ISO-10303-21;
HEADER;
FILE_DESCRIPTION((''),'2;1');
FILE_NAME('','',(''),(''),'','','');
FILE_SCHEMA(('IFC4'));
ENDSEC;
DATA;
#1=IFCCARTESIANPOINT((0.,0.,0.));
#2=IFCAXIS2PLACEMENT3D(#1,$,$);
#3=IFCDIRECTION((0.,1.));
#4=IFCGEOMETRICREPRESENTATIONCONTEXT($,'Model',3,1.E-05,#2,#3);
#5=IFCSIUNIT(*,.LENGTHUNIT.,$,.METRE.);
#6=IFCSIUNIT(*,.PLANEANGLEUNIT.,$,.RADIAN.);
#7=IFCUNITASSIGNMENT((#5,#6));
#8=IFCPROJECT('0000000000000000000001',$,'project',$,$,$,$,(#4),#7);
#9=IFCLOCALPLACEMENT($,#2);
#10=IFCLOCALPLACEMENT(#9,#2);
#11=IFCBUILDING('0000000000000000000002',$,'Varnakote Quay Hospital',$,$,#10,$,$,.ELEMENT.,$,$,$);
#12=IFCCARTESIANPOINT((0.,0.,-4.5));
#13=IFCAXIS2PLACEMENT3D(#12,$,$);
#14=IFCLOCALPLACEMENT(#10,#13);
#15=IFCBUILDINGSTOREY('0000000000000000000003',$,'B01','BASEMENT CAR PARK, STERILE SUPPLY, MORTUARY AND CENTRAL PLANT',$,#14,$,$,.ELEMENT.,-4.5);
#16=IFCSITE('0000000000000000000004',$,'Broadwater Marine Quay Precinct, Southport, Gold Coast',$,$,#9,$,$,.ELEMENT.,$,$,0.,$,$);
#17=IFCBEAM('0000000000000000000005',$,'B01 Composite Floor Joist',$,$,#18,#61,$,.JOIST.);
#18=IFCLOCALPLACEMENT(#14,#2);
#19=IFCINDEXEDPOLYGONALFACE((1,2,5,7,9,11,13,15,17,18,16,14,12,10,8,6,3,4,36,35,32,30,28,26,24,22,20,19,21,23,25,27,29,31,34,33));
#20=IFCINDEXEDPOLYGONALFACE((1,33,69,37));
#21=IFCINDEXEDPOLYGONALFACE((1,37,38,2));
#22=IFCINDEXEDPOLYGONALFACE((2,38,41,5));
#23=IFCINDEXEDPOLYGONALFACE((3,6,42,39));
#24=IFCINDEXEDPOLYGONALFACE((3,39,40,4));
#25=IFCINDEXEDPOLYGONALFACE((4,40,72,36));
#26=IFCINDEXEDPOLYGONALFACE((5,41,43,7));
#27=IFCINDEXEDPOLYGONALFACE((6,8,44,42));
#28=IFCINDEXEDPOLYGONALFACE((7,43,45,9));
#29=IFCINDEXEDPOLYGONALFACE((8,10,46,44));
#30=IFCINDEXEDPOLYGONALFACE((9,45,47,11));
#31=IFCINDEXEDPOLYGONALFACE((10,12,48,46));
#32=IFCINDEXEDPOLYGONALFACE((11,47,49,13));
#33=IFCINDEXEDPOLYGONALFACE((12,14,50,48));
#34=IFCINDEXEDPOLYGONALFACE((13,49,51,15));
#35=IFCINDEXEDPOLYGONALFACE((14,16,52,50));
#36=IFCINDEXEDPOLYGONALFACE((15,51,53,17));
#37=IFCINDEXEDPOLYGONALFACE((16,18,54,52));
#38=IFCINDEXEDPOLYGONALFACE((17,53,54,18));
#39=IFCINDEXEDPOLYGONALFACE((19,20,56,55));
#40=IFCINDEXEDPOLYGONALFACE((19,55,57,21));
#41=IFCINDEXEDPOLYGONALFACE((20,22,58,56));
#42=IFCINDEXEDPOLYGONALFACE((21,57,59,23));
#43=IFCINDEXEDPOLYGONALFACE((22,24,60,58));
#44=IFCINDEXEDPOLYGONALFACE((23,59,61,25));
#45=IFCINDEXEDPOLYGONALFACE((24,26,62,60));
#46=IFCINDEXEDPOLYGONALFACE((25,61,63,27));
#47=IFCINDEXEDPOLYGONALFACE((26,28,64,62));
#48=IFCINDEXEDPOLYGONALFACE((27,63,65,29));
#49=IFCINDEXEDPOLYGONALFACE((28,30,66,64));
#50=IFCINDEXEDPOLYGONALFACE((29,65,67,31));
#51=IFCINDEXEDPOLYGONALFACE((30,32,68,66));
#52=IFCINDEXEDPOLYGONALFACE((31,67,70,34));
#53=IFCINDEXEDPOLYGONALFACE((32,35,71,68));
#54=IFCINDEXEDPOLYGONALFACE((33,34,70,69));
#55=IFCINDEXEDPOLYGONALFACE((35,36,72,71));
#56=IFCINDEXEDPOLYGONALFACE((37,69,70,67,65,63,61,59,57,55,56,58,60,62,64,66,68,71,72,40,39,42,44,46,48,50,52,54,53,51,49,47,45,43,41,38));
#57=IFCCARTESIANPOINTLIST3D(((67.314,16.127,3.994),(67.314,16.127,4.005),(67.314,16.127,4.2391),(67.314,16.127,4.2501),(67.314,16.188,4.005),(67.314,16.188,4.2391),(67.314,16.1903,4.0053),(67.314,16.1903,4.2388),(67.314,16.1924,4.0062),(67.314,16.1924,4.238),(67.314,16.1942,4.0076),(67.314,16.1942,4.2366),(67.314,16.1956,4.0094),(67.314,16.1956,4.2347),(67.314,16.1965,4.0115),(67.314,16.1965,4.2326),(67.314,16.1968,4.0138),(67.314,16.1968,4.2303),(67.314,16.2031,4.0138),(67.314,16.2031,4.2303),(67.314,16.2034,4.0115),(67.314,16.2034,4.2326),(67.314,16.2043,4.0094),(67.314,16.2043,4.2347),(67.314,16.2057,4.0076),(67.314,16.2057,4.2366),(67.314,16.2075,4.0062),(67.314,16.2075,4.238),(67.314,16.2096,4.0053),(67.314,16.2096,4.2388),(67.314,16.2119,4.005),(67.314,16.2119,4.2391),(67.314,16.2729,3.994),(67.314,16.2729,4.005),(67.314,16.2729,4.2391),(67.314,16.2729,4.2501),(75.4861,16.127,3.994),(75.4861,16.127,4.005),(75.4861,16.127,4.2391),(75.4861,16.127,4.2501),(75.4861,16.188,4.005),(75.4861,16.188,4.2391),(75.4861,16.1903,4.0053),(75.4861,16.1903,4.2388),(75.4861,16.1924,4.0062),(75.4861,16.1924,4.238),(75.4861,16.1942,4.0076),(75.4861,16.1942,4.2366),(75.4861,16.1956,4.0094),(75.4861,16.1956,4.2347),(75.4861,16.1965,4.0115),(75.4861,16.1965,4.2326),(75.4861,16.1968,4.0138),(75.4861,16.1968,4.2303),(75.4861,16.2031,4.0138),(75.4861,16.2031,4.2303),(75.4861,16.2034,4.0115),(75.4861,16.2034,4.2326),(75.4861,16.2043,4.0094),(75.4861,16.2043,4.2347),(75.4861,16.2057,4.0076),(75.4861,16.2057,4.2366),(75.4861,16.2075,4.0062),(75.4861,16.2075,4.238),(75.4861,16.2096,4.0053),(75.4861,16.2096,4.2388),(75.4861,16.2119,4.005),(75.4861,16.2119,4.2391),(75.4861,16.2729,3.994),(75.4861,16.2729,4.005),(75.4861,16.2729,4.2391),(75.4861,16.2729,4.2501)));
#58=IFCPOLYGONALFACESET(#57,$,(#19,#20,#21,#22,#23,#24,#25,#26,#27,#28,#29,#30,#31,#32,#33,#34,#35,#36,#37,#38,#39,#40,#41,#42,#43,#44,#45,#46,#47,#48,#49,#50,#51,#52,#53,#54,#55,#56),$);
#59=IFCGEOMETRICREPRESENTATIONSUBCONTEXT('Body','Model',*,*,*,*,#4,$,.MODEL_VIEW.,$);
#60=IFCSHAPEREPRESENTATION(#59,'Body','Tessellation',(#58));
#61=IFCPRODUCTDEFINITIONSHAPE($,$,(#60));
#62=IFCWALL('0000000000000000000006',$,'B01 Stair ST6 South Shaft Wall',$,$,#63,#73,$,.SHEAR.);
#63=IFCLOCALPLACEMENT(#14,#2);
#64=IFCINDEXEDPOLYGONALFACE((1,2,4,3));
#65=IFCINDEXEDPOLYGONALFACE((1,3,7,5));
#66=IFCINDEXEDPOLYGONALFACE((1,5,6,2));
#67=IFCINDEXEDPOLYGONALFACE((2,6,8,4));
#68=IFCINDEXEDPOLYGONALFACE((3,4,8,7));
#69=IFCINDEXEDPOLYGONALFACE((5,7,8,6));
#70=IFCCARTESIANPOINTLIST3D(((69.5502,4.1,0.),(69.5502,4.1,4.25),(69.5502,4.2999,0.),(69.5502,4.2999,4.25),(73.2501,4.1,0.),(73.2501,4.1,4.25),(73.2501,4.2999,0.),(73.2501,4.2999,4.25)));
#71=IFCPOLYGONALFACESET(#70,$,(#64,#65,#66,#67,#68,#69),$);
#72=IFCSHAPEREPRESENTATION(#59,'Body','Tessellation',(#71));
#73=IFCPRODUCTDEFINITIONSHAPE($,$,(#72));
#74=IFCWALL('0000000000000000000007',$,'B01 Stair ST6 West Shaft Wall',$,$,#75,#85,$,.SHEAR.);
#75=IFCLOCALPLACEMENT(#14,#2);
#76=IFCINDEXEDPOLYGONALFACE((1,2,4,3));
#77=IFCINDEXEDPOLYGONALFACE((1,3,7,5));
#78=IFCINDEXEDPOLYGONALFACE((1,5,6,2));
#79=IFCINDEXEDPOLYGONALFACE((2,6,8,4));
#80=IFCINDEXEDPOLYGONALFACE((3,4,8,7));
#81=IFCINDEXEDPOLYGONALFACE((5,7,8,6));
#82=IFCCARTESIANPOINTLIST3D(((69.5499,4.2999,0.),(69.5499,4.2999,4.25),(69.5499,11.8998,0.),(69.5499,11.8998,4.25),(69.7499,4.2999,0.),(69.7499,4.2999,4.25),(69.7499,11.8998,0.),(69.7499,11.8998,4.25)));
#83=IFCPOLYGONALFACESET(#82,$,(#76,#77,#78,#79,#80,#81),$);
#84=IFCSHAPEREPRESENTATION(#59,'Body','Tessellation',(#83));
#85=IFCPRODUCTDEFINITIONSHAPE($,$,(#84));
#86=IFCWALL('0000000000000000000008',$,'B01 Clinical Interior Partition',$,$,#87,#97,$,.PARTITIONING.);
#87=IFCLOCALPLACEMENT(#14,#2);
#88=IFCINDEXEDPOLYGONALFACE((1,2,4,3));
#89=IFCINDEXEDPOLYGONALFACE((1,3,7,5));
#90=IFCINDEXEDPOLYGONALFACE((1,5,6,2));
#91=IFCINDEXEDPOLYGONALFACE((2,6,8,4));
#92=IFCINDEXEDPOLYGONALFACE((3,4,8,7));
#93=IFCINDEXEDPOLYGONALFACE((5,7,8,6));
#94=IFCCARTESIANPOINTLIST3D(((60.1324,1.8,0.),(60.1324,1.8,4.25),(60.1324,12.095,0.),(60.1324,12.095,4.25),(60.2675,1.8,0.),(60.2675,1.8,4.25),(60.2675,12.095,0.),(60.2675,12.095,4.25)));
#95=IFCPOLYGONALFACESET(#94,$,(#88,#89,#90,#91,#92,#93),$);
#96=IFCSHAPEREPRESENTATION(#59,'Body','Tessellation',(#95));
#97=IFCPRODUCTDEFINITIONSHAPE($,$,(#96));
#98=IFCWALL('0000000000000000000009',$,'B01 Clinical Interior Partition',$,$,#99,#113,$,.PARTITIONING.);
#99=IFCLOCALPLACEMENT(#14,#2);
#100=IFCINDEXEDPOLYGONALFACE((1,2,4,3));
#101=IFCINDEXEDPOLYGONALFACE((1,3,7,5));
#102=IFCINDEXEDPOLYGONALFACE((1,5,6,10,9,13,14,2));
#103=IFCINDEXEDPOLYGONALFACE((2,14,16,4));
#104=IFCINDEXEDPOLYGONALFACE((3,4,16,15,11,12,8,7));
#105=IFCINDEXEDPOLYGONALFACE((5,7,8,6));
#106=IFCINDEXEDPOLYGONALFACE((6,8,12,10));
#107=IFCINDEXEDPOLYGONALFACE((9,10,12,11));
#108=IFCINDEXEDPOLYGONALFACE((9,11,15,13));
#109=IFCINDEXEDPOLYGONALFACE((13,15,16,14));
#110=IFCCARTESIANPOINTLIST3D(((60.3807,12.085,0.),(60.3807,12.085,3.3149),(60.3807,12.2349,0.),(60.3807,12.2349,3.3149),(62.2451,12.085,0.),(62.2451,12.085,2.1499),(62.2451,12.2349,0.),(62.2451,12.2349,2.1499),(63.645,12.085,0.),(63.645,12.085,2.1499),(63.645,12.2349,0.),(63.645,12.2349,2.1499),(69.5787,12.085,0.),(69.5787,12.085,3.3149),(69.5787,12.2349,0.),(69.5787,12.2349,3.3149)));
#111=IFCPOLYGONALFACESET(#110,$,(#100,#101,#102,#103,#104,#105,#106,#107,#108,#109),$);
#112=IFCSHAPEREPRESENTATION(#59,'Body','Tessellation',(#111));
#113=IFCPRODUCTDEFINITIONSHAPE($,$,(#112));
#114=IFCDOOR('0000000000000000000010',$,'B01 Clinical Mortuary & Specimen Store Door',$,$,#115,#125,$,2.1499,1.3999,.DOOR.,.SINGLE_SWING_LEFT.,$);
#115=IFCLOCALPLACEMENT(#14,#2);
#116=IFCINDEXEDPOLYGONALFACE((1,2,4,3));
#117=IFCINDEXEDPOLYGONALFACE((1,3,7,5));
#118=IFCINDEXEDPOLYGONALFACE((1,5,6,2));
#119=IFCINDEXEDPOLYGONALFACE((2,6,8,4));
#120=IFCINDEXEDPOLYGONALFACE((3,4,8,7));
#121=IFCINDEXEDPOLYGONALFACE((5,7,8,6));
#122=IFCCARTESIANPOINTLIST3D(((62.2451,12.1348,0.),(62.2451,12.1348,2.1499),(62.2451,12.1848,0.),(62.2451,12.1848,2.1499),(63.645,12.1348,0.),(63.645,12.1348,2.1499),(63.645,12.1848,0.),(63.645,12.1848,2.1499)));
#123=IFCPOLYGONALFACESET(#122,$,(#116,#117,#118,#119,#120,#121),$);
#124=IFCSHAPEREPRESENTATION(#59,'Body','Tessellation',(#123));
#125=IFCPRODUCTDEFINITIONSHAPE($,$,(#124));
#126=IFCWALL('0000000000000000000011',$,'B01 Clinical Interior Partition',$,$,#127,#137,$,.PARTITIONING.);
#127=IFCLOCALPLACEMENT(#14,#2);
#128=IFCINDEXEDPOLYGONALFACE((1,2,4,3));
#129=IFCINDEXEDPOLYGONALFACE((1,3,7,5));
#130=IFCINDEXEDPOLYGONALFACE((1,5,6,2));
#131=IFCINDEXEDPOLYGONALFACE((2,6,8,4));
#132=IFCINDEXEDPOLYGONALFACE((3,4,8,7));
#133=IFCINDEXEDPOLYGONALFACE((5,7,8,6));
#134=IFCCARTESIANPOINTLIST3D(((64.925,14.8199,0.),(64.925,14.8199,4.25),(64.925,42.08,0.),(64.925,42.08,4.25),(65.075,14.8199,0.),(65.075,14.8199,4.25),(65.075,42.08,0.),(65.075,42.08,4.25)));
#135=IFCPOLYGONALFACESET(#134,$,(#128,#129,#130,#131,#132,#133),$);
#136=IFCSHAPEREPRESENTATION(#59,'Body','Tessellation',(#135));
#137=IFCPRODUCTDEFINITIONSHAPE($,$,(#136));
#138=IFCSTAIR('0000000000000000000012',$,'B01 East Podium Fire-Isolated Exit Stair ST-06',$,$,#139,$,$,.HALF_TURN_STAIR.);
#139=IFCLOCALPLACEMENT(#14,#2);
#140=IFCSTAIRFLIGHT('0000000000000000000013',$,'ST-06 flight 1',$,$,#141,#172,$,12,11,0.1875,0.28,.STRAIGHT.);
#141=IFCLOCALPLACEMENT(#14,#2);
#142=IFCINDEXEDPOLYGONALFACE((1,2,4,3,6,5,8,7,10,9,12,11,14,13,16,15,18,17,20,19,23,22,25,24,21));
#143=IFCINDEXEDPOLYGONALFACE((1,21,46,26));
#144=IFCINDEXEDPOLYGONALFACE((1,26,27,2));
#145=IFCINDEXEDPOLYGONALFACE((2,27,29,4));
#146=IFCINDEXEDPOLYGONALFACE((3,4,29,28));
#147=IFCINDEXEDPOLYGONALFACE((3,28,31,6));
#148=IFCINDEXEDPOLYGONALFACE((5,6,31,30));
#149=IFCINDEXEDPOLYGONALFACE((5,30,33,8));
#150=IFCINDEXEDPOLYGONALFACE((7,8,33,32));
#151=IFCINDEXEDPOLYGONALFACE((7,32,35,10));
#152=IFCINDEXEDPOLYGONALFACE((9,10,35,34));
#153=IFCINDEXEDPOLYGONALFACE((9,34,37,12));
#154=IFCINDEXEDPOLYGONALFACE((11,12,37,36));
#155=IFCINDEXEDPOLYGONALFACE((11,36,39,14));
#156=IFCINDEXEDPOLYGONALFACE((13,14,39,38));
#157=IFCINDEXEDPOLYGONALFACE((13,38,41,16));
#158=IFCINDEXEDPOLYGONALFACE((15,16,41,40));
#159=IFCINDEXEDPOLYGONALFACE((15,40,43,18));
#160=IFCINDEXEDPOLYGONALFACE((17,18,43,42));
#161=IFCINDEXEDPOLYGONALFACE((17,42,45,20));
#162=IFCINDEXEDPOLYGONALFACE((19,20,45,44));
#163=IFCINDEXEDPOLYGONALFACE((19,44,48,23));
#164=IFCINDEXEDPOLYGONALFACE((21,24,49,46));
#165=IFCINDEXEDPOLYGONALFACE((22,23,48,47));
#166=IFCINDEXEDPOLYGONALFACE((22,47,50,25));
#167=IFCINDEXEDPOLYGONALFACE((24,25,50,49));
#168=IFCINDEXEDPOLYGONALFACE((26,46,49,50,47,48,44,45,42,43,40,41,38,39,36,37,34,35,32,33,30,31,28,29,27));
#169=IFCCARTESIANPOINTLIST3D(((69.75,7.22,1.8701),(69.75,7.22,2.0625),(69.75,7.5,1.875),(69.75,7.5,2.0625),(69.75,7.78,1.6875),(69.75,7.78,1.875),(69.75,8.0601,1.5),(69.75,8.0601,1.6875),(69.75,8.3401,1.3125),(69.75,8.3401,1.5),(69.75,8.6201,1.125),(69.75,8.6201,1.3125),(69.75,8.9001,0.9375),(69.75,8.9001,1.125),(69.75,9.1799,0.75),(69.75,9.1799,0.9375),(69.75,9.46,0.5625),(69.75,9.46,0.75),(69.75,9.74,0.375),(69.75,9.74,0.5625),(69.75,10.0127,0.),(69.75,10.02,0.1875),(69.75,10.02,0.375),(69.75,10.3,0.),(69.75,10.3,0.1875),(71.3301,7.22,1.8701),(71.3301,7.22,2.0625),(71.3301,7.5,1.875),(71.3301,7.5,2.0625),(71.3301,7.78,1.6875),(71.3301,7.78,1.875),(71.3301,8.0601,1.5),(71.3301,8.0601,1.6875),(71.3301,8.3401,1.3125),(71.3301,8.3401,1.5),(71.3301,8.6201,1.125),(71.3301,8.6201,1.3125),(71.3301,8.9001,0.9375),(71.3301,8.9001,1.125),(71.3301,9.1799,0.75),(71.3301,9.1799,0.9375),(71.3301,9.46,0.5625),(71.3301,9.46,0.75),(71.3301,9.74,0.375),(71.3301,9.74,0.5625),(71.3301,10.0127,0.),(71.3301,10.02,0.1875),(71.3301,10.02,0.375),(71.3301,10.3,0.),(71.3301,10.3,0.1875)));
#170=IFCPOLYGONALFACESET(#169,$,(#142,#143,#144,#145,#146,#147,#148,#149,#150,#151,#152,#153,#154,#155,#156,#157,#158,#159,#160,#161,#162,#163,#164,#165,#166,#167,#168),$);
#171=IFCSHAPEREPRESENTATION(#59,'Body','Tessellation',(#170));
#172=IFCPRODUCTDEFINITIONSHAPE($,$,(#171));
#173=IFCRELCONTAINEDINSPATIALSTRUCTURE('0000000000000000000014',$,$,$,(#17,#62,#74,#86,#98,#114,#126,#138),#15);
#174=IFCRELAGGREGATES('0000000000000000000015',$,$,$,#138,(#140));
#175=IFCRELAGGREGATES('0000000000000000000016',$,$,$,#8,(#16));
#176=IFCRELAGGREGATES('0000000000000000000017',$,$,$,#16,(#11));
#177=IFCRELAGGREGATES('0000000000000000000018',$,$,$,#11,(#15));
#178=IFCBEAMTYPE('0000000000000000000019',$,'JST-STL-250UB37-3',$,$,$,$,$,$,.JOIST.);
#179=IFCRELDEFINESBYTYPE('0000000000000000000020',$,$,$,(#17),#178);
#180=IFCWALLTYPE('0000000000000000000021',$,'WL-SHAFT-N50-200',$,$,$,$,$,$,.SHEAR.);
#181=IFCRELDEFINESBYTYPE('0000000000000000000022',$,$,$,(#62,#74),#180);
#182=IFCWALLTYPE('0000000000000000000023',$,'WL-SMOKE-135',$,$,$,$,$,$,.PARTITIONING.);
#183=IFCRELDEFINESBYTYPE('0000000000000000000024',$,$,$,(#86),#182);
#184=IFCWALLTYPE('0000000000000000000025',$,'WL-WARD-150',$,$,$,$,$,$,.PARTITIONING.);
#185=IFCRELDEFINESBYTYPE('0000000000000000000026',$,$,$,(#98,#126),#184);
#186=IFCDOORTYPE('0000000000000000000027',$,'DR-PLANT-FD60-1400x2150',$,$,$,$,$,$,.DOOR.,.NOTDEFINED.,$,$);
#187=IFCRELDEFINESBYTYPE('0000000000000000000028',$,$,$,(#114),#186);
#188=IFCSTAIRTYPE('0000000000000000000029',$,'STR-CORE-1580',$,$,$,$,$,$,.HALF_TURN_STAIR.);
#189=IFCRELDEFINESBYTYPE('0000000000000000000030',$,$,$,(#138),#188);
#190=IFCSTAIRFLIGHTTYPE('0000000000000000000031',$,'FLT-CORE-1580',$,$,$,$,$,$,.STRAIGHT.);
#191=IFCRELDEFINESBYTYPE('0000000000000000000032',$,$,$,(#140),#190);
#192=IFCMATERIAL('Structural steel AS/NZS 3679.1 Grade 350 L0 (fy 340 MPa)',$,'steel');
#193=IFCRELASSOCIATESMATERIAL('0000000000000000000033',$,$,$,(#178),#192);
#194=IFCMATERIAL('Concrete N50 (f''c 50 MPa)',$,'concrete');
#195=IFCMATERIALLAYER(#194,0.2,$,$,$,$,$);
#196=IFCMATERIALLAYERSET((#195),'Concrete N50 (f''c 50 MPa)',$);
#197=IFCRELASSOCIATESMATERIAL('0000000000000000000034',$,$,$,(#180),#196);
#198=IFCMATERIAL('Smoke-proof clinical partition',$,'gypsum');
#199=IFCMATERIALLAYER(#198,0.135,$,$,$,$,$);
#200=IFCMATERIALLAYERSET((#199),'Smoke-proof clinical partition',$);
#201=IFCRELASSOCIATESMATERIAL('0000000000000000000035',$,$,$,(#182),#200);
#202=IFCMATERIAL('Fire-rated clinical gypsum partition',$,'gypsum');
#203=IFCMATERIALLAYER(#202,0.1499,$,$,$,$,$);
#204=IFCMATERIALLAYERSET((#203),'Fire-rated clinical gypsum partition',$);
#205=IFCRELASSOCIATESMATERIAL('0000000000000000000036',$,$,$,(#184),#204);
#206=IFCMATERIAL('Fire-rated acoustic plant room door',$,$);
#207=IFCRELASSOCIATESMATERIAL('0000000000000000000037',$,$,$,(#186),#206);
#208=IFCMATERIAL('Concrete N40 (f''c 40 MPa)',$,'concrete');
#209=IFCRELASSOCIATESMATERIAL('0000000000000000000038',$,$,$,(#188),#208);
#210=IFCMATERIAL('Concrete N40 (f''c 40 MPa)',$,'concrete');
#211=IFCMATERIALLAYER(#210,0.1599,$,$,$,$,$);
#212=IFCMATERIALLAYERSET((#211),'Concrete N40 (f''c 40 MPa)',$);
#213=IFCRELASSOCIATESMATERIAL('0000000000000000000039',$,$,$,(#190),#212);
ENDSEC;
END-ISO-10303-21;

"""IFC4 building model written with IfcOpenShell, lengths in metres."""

from ifc_helpers import new_model, si_unit, direction, frame, frame_2d, origin, origin_2d, place, context, subcontext, project, spatial, polyline, rectangle, i_section, outline, extrude, material, layer, layer_set, material_profile, profile_set, type_object, element, fill, aggregate, save


model = new_model("IFC4")

# Units and contexts
model_context = context("Model", 3, precision=1e-05, world=origin(), true_north=direction((0.0, 1.0)))
body_context = subcontext(model_context, "Body", "Model", "MODEL_VIEW")
ifc_project = project(units=[si_unit("LENGTHUNIT", "METRE"), si_unit("PLANEANGLEUNIT", "RADIAN")], contexts=[model_context])

# Site, building, storey
site_placement = place(None, origin())
site = spatial("IfcSite", under=ifc_project, at=site_placement, Name="Broadwater Marine Quay Precinct, Southport, Gold Coast", CompositionType="ELEMENT", RefElevation=0.0)
building_placement = place(site_placement, origin())
building = spatial("IfcBuilding", under=site, at=building_placement, Name="Varnakote Quay Hospital", CompositionType="ELEMENT")
storey_placement = place(building_placement, frame((0.0, 0.0, -4.5)))
storey = spatial("IfcBuildingStorey", under=building, at=storey_placement, Name="B01", Description="BASEMENT CAR PARK, STERILE SUPPLY, MORTUARY AND CENTRAL PLANT", CompositionType="ELEMENT", Elevation=-4.5)

# Beam
ifc_material_1 = material(Name="Structural steel AS/NZS 3679.1 Grade 350 L0 (fy 340 MPa)", Category="steel")
ifc_material_profile_1 = material_profile(ifc_material_1, i_section(OverallWidth=0.146, OverallDepth=0.2561, WebThickness=0.0063, FlangeThickness=0.011, FilletRadius=0.0088, at=origin_2d()), Name="250UB37.3")
ifc_profile_set_1 = profile_set([ifc_material_profile_1], Name="Structural steel AS/NZS 3679.1 Grade 350 L0 (fy 340 MPa)")
beam_type_1 = type_object("IfcBeamType", Name="JST-STL-250UB37-3", PredefinedType="JOIST", material=ifc_profile_set_1)
beam_1_placement = place(storey_placement, frame((67.314, 16.2, 4.1221), z_axis=(1.0, 0.0, 0.0), x_axis=(0.0, 1.0, 0.0)))
element("IfcBeam", 1, at=beam_1_placement, inside=storey, type_object=beam_type_1, Name="B01 Composite Floor Joist", PredefinedType="JOIST", context=body_context, shape_type="SweptSolid", body=[
    extrude(i_section(OverallWidth=0.146, OverallDepth=0.2561, WebThickness=0.0063, FlangeThickness=0.011, FilletRadius=0.0088, at=origin_2d()), origin(), (0.0, 0.0, 1.0), 8.1721),
])

# Walls
ifc_material_2 = material(Name="Concrete N50 (f'c 50 MPa)", Category="concrete")
ifc_layer_1 = layer(ifc_material_2, 0.2)
ifc_layer_set_1 = layer_set([ifc_layer_1], Name="Concrete N50 (f'c 50 MPa)")
wall_type_1 = type_object("IfcWallType", Name="WL-SHAFT-N50-200", PredefinedType="SHEAR", material=ifc_layer_set_1)
wall_1_placement = place(storey_placement, frame((69.55, 4.2, 0.0), z_axis=(0.0, 0.0, 1.0), x_axis=(1.0, 0.0, 0.0)))
element("IfcWall", 2, at=wall_1_placement, inside=storey, type_object=wall_type_1, Name="B01 Stair ST6 South Shaft Wall", PredefinedType="SHEAR", context=body_context, shape_type="SweptSolid", body=[
    extrude(rectangle(XDim=3.7, YDim=0.2, at=frame_2d((1.8501, 0.0))), origin(), (0.0, 0.0, 1.0), 4.25),
])
wall_2_placement = place(storey_placement, frame((69.6499, 4.3, 0.0), z_axis=(0.0, 0.0, 1.0), x_axis=(0.0, 1.0, 0.0)))
element("IfcWall", 3, at=wall_2_placement, inside=storey, type_object=wall_type_1, Name="B01 Stair ST6 West Shaft Wall", PredefinedType="SHEAR", context=body_context, shape_type="SweptSolid", body=[
    extrude(rectangle(XDim=7.5999, YDim=0.2, at=frame_2d((3.7998, 0.0))), origin(), (0.0, 0.0, 1.0), 4.25),
])

# Wall
ifc_material_3 = material(Name="Smoke-proof clinical partition", Category="gypsum")
ifc_layer_2 = layer(ifc_material_3, 0.135)
ifc_layer_set_2 = layer_set([ifc_layer_2], Name="Smoke-proof clinical partition")
wall_type_2 = type_object("IfcWallType", Name="WL-SMOKE-135", PredefinedType="PARTITIONING", material=ifc_layer_set_2)
wall_3_placement = place(storey_placement, frame((60.2, 1.8, 0.0), z_axis=(0.0, 0.0, 1.0), x_axis=(0.0, 1.0, 0.0)))
element("IfcWall", 4, at=wall_3_placement, inside=storey, type_object=wall_type_2, Name="B01 Clinical Interior Partition", PredefinedType="PARTITIONING", context=body_context, shape_type="SweptSolid", body=[
    extrude(rectangle(XDim=10.2949, YDim=0.135, at=frame_2d((5.1475, 0.0))), origin(), (0.0, 0.0, 1.0), 4.25),
])

# Wall, opening, door
ifc_material_4 = material(Name="Fire-rated clinical gypsum partition", Category="gypsum")
ifc_layer_3 = layer(ifc_material_4, 0.1499)
ifc_layer_set_3 = layer_set([ifc_layer_3], Name="Fire-rated clinical gypsum partition")
wall_type_3 = type_object("IfcWallType", Name="WL-WARD-150", PredefinedType="PARTITIONING", material=ifc_layer_set_3)
wall_4_placement = place(storey_placement, frame((60.3806, 12.1599, 0.0), z_axis=(0.0, 0.0, 1.0), x_axis=(1.0, 0.0, 0.0)))
wall_4 = element("IfcWall", 5, at=wall_4_placement, inside=storey, type_object=wall_type_3, Name="B01 Clinical Interior Partition", PredefinedType="PARTITIONING", context=body_context, shape_type="SweptSolid", body=[
    extrude(rectangle(XDim=9.198, YDim=0.1499, at=frame_2d((4.5991, 0.0))), origin(), (0.0, 0.0, 1.0), 3.3149),
])
opening_1_placement = place(wall_4_placement, frame((1.8645, 0.0, 0.0)))
opening_1 = element("IfcOpeningElement", 6, at=opening_1_placement, cuts=wall_4, PredefinedType="OPENING", context=body_context, shape_type="SweptSolid", body=[
    extrude(rectangle(XDim=1.3999, YDim=2.1499, at=frame_2d((0.7, 1.075))), frame((0.0, 0.085, 0.0), z_axis=(0.0, -1.0, 0.0), x_axis=(1.0, 0.0, 0.0)), (0.0, 0.0, 1.0), 0.1699),
])
ifc_material_5 = material(Name="Fire-rated acoustic plant room door")
door_type_1 = type_object("IfcDoorType", Name="DR-PLANT-FD60-1400x2150", OperationType="NOTDEFINED", PredefinedType="DOOR", material=ifc_material_5)
door_1_placement = place(opening_1_placement, origin())
door_1 = element("IfcDoor", 7, at=door_1_placement, inside=storey, type_object=door_type_1, Name="B01 Clinical Mortuary & Specimen Store Door", OperationType="SINGLE_SWING_LEFT", OverallHeight=2.1499, OverallWidth=1.3999, PredefinedType="DOOR", context=body_context, shape_type="SweptSolid", body=[
    extrude(rectangle(XDim=1.3999, YDim=2.1499, at=frame_2d((0.7, 1.075))), frame((0.0, 0.0249, 0.0), z_axis=(0.0, -1.0, 0.0), x_axis=(1.0, 0.0, 0.0)), (0.0, 0.0, 1.0), 0.05),
])
fill(opening_1, door_1)

# Wall
wall_5_placement = place(storey_placement, frame((65.0, 14.8201, 0.0), z_axis=(0.0, 0.0, 1.0), x_axis=(0.0, 1.0, 0.0)))
element("IfcWall", 8, at=wall_5_placement, inside=storey, type_object=wall_type_3, Name="B01 Clinical Interior Partition", PredefinedType="PARTITIONING", context=body_context, shape_type="SweptSolid", body=[
    extrude(rectangle(XDim=27.26, YDim=0.1499, at=frame_2d((13.6299, 0.0))), origin(), (0.0, 0.0, 1.0), 4.25),
])

# Stair, stair flight
ifc_material_6 = material(Name="Concrete N40 (f'c 40 MPa)", Category="concrete")
stair_type = type_object("IfcStairType", Name="STR-CORE-1580", PredefinedType="HALF_TURN_STAIR", material=ifc_material_6)
stair_placement = place(storey_placement, origin())
stair = element("IfcStair", 9, at=stair_placement, inside=storey, type_object=stair_type, Name="B01 East Podium Fire-Isolated Exit Stair ST-06", PredefinedType="HALF_TURN_STAIR")
ifc_material_7 = material(Name="Concrete N40 (f'c 40 MPa)", Category="concrete")
ifc_layer_4 = layer(ifc_material_7, 0.1599)
ifc_layer_set_4 = layer_set([ifc_layer_4], Name="Concrete N40 (f'c 40 MPa)")
stair_flight_type = type_object("IfcStairFlightType", Name="FLT-CORE-1580", PredefinedType="STRAIGHT", material=ifc_layer_set_4)
stair_flight_1_placement = place(storey_placement, frame((70.54, 10.3, 0.0), z_axis=(0.0, 0.0, 1.0), x_axis=(0.0, -1.0, 0.0)))
stair_flight_1 = element("IfcStairFlight", 10, at=stair_flight_1_placement, type_object=stair_flight_type, Name="ST-06 flight 1", NumberOfRisers=12, NumberOfTreads=11, PredefinedType="STRAIGHT", RiserHeight=0.1875, TreadLength=0.28, context=body_context, shape_type="SweptSolid", body=[
    extrude(outline(polyline([(0.0, 0.0), (0.0, 0.1875), (0.28, 0.1875), (0.28, 0.375), (0.5601, 0.375), (0.5601, 0.5625), (0.8401, 0.5625), (0.8401, 0.75), (1.1201, 0.75), (1.1201, 0.9375), (1.3999, 0.9375), (1.3999, 1.125), (1.6799, 1.125), (1.6799, 1.3125), (1.96, 1.3125), (1.96, 1.5), (2.24, 1.5), (2.24, 1.6875), (2.52, 1.6875), (2.52, 1.875), (2.8, 1.875), (2.8, 2.0625), (3.0801, 2.0625), (3.0801, 2.25), (3.0801, 1.8701), (0.2874, 0.0), (0.0, 0.0)])), frame((0.0, 0.79, 0.0), z_axis=(0.0, -1.0, 0.0), x_axis=(1.0, 0.0, 0.0)), (0.0, 0.0, 1.0), 1.5801),
])
aggregate(stair, [stair_flight_1])

save(model, "model.ifc")
